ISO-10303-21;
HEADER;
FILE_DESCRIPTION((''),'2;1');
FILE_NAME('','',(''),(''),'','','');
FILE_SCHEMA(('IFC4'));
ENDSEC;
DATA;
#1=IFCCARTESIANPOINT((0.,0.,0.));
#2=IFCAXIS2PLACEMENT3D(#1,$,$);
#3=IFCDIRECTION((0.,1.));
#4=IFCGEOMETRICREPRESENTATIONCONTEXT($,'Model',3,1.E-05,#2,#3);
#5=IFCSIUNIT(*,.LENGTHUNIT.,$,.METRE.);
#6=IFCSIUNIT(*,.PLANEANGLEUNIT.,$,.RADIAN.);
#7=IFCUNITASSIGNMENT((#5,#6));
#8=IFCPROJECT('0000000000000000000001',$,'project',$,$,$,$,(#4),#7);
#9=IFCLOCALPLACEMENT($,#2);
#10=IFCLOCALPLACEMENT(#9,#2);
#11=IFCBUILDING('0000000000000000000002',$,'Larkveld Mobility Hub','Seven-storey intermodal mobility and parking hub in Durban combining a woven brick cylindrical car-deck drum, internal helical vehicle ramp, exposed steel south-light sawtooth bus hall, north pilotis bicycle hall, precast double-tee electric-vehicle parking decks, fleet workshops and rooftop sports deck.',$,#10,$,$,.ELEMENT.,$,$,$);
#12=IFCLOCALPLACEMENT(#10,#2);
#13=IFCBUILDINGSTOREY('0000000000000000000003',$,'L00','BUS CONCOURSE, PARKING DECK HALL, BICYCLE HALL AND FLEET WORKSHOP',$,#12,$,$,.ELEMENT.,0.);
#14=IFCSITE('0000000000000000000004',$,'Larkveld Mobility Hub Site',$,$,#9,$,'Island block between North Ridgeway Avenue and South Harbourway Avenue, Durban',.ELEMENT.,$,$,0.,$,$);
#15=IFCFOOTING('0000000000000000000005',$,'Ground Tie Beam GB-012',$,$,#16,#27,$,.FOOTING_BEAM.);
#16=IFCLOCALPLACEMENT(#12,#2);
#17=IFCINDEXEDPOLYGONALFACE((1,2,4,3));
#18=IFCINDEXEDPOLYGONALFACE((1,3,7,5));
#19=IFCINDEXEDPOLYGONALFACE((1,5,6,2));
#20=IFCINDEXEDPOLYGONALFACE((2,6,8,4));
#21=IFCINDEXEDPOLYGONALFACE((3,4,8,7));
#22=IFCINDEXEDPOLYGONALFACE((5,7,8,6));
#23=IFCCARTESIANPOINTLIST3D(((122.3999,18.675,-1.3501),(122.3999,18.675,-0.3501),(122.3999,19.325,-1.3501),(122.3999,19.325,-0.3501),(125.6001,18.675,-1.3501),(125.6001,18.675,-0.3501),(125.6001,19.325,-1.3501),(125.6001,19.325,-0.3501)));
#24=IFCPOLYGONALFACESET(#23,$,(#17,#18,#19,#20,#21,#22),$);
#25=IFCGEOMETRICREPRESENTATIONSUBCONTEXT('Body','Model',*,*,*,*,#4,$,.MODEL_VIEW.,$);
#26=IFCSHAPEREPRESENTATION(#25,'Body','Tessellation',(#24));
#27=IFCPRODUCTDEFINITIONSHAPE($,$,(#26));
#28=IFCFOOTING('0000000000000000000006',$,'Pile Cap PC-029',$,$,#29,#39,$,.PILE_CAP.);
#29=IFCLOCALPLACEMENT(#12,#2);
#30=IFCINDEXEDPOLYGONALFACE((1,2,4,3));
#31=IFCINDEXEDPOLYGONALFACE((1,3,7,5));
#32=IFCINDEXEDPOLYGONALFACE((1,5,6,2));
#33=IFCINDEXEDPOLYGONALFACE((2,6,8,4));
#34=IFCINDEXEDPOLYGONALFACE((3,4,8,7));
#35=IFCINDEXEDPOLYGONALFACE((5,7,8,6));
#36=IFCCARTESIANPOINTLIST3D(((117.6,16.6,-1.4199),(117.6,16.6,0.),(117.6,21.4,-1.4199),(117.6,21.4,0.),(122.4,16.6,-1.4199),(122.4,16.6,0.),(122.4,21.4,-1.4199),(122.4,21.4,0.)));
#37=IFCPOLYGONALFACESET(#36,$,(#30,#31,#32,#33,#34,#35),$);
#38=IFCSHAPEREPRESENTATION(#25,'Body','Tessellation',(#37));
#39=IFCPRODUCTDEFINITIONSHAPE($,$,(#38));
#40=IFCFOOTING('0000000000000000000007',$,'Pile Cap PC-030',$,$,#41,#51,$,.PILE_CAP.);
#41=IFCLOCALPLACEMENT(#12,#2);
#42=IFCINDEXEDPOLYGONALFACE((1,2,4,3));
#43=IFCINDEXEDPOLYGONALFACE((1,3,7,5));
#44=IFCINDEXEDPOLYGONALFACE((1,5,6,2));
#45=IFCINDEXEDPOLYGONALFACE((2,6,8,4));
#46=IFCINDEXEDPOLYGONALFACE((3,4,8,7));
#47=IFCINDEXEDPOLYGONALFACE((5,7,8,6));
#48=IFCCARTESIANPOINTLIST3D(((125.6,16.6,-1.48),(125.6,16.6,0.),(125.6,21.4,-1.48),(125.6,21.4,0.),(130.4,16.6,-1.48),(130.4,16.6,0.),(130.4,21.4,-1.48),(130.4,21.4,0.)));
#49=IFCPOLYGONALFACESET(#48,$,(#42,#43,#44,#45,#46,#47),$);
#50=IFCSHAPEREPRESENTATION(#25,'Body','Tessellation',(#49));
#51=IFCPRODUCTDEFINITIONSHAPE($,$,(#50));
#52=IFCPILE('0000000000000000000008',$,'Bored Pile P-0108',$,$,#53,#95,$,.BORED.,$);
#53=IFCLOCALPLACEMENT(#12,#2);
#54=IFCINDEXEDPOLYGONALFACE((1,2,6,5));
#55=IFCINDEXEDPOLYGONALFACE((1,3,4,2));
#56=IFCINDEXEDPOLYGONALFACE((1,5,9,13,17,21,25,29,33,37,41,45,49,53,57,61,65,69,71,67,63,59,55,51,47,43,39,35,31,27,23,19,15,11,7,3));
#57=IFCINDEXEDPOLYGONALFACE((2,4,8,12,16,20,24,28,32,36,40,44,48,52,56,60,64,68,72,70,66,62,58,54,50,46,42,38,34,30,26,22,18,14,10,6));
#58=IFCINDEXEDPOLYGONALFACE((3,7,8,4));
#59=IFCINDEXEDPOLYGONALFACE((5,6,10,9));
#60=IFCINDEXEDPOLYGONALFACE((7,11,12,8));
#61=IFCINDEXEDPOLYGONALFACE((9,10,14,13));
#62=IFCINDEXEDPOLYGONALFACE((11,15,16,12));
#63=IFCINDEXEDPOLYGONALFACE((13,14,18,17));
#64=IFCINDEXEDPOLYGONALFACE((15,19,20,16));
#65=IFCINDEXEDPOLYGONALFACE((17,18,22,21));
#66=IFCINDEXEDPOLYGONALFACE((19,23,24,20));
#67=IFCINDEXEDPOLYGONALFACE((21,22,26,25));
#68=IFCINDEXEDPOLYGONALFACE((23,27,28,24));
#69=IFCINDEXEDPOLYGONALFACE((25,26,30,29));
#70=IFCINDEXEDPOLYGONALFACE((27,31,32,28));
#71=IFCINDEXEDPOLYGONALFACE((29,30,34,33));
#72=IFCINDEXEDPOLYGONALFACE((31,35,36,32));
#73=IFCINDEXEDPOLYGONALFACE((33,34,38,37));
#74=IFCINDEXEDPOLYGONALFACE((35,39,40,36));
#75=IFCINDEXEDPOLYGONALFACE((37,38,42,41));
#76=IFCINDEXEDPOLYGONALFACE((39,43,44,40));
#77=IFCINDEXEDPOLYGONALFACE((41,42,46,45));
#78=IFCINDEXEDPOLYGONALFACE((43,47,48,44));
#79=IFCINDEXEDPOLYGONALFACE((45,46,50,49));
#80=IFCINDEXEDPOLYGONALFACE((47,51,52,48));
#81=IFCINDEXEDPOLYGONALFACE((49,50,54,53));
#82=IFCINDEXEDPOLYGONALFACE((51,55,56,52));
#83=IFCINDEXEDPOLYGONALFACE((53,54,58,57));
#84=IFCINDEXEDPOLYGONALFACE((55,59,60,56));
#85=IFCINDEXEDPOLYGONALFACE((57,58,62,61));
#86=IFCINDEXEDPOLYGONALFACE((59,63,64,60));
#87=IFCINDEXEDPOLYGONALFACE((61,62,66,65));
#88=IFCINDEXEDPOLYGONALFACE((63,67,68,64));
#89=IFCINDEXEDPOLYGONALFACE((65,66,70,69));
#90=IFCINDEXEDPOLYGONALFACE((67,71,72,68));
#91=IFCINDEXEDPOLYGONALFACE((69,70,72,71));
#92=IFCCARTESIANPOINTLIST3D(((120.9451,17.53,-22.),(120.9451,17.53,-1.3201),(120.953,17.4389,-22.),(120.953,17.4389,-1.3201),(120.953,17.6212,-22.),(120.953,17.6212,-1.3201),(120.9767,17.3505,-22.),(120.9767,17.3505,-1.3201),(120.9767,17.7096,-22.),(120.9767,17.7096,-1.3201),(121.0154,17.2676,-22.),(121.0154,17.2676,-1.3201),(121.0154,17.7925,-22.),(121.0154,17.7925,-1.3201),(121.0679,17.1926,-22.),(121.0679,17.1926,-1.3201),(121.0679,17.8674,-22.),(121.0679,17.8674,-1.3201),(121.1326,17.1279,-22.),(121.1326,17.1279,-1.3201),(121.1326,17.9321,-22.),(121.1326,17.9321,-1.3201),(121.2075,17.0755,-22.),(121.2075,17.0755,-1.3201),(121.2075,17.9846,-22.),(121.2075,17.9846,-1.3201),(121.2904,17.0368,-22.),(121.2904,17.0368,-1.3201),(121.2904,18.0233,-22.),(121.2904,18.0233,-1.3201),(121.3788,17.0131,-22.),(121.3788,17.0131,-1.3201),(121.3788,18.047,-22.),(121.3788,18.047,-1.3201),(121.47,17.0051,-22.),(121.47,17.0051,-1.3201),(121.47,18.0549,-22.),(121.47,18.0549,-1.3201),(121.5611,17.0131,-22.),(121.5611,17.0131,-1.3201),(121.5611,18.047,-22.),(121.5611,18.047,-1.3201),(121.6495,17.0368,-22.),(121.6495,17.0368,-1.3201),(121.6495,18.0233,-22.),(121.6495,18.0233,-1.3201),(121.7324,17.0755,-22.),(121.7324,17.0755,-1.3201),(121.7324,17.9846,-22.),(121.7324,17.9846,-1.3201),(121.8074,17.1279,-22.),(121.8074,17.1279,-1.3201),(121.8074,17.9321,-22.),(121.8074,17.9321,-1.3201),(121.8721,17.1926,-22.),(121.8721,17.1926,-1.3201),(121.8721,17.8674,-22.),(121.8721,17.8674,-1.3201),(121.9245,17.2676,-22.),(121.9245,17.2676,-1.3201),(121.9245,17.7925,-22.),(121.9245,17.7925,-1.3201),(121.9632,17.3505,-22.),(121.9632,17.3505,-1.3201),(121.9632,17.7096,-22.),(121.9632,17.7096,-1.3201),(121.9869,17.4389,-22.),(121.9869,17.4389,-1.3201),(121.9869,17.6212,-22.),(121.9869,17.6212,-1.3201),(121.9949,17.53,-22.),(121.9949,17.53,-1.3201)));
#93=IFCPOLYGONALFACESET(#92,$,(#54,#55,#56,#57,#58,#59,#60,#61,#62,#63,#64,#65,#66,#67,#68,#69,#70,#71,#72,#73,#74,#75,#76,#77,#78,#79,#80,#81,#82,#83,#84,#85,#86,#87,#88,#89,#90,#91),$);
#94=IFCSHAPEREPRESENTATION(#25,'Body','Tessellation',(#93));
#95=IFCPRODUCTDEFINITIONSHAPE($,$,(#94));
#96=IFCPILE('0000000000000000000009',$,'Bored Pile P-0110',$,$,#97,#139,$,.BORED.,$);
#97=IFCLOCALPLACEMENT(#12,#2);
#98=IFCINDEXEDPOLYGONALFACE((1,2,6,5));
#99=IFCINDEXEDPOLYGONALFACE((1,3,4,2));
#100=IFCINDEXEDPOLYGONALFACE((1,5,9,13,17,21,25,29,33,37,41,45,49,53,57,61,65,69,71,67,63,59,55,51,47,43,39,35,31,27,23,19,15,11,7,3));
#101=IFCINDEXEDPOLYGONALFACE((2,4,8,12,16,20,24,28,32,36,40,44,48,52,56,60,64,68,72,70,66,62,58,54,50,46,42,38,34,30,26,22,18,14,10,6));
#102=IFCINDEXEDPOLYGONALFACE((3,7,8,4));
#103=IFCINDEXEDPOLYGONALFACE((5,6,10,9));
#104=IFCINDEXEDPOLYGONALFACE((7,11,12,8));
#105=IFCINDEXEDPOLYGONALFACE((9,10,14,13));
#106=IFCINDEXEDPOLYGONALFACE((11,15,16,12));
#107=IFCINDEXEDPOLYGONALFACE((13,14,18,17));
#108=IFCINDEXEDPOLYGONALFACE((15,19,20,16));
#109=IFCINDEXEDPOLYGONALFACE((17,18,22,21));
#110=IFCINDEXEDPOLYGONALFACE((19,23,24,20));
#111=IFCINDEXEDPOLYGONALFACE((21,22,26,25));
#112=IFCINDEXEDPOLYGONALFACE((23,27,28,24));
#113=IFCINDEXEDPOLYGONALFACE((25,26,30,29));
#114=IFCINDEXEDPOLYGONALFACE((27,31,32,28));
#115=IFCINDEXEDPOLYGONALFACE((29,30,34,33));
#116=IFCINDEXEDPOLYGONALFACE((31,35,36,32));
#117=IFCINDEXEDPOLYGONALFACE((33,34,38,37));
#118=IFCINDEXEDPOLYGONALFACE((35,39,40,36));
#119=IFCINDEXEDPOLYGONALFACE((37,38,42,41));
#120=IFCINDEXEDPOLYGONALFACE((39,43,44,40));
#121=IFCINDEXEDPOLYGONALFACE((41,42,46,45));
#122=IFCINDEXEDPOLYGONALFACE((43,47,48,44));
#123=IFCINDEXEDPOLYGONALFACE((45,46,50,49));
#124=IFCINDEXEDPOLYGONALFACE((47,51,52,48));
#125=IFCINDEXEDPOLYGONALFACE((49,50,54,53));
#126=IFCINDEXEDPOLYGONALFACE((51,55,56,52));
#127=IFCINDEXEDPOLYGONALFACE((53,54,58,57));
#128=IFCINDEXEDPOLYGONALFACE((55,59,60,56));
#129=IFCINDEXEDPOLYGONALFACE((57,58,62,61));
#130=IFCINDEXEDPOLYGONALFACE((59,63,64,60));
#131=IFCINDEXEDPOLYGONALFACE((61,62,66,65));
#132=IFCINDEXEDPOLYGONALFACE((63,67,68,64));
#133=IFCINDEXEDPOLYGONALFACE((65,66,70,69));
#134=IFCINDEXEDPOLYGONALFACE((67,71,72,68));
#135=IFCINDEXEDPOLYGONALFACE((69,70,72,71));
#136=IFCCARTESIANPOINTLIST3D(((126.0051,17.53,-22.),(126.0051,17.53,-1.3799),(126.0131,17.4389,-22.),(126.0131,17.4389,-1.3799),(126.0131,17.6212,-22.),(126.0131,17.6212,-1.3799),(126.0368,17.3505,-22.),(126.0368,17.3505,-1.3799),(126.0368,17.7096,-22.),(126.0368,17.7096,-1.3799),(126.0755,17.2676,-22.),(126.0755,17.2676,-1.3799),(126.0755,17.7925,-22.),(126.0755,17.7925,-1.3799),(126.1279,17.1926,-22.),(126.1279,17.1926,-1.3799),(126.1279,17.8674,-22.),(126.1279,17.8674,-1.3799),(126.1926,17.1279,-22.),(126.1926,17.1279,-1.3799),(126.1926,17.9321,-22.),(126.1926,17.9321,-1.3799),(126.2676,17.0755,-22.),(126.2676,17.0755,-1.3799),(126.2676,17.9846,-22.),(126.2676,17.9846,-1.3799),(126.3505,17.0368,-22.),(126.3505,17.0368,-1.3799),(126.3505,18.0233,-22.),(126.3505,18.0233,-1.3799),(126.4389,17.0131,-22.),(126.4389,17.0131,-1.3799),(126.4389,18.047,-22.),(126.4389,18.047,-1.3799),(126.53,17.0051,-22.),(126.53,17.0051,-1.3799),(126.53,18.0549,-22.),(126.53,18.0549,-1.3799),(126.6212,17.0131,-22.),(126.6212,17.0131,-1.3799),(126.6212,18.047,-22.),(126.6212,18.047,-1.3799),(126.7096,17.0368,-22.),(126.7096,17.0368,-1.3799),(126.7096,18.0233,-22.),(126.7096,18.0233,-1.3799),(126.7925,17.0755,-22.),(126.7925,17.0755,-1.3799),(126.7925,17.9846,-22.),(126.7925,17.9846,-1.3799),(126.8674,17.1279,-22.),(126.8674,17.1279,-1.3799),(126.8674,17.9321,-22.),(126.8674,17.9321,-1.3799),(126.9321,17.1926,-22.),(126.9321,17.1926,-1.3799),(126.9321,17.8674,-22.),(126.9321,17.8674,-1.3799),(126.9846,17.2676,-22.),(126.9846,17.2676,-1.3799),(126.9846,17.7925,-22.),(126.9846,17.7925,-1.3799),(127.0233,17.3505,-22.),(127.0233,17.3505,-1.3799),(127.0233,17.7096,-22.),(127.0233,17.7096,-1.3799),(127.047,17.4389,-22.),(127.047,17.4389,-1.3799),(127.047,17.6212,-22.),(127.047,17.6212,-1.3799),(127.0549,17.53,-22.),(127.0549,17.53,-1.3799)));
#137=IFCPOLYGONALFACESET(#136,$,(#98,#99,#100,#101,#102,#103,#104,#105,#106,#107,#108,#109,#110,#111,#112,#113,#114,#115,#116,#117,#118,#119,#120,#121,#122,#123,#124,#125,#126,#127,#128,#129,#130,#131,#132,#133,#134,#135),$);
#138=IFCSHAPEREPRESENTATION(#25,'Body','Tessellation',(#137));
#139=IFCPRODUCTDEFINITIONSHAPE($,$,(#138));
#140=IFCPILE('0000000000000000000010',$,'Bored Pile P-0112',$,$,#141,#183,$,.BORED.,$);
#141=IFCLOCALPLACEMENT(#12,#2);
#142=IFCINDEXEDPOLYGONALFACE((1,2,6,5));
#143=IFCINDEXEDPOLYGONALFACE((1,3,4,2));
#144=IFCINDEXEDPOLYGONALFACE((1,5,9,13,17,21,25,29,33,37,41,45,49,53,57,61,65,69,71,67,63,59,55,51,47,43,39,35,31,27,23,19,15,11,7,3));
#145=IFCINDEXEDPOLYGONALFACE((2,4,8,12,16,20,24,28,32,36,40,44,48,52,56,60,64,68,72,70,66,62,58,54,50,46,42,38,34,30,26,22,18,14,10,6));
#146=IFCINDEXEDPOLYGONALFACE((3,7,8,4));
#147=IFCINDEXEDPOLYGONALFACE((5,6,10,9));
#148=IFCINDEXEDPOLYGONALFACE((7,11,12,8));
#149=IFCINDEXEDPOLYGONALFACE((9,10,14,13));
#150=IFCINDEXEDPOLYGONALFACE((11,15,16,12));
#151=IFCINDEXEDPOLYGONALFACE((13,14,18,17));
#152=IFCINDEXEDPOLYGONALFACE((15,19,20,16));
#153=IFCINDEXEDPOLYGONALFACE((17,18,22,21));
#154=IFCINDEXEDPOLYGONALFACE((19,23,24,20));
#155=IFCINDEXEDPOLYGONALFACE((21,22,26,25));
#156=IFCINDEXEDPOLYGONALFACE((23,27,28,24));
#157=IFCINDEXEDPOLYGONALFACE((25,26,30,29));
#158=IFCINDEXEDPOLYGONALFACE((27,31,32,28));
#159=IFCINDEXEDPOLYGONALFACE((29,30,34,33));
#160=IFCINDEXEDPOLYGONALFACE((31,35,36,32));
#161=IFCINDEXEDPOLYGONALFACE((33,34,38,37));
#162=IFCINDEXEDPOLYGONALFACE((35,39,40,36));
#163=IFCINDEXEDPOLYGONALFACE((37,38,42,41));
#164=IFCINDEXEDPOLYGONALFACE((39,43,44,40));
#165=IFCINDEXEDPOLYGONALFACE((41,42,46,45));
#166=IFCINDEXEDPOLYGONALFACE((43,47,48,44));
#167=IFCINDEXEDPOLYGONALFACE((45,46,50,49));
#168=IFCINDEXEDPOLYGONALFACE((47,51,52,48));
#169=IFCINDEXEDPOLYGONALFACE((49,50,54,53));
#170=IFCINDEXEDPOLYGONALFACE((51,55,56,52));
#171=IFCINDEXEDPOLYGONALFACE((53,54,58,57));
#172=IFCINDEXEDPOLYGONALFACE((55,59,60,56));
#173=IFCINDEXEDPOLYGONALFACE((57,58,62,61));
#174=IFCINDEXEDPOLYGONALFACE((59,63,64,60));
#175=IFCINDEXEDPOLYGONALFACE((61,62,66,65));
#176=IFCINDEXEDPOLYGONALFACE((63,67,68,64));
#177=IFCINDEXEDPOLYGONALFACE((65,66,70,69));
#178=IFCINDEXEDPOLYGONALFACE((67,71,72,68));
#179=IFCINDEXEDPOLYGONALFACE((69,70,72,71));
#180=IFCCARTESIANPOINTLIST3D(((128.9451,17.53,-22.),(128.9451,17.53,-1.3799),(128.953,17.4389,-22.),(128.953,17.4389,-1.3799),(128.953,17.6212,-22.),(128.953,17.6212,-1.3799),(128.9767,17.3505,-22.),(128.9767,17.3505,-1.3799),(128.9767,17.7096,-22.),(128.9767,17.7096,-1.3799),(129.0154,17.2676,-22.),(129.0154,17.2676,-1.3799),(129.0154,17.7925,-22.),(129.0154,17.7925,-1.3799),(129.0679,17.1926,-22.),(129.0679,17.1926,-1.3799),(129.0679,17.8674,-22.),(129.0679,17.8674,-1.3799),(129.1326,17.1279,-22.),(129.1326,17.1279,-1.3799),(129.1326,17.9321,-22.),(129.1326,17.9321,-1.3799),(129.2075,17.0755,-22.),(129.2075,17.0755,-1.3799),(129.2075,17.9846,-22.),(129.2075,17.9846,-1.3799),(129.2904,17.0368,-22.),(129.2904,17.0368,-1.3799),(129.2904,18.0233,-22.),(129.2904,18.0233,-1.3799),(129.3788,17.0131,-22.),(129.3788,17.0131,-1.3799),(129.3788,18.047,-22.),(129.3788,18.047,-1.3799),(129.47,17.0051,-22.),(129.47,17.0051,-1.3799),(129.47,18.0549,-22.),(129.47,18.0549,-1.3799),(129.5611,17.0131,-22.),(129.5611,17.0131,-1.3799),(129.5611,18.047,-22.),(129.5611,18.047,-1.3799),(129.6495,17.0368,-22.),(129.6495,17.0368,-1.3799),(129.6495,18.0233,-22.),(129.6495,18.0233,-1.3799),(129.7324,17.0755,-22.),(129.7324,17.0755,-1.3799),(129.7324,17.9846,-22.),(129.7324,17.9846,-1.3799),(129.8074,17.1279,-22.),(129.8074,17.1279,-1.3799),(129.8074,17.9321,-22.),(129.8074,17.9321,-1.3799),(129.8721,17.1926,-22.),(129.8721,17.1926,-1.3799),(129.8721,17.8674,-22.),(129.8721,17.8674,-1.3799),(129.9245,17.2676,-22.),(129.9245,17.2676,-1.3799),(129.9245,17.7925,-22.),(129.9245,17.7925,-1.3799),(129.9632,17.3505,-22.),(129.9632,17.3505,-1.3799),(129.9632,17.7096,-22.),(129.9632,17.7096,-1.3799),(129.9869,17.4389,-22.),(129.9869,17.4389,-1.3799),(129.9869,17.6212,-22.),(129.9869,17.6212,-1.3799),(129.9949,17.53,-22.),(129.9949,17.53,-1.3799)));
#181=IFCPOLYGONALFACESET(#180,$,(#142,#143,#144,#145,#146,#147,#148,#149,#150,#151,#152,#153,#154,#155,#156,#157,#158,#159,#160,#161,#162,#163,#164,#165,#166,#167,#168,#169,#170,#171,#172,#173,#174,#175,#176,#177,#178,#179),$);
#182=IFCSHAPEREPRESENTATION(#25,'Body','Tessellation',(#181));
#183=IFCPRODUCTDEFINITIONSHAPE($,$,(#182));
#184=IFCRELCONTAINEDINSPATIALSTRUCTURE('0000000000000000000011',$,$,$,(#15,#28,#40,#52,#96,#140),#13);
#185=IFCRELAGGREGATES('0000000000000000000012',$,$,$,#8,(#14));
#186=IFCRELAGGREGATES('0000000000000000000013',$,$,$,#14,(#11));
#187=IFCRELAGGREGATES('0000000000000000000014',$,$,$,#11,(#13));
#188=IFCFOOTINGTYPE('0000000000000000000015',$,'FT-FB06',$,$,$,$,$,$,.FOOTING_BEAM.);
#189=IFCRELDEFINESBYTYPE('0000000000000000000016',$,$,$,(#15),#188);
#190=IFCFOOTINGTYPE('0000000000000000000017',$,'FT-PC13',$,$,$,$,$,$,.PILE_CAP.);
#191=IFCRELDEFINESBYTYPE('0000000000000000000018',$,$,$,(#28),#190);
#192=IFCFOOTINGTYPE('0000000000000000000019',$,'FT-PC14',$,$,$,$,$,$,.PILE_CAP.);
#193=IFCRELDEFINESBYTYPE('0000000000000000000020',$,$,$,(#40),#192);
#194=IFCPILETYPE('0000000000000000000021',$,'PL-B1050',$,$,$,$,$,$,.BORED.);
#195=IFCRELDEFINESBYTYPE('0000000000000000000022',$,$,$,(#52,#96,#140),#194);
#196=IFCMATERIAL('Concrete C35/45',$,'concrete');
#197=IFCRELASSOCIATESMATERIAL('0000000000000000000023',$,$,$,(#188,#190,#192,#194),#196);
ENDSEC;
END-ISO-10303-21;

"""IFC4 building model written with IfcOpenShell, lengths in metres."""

from ifc_helpers import new_model, si_unit, direction, frame, origin, origin_2d, place, context, subcontext, project, spatial, rectangle, circle, extrude, material, material_profile, profile_set, type_object, element, save


model = new_model("IFC4")

# Units and contexts
model_context = context("Model", 3, precision=1e-05, world=origin(), true_north=direction((0.0, 1.0)))
body_context = subcontext(model_context, "Body", "Model", "MODEL_VIEW")
ifc_project = project(units=[si_unit("LENGTHUNIT", "METRE"), si_unit("PLANEANGLEUNIT", "RADIAN")], contexts=[model_context])

# Site, building, storey
site_placement = place(None, origin())
site = spatial("IfcSite", under=ifc_project, at=site_placement, Name="Larkveld Mobility Hub Site", LongName="Island block between North Ridgeway Avenue and South Harbourway Avenue, Durban", CompositionType="ELEMENT", RefElevation=0.0)
building_placement = place(site_placement, origin())
building = spatial("IfcBuilding", under=site, at=building_placement, Name="Larkveld Mobility Hub", Description="Seven-storey intermodal mobility and parking hub in Durban combining a woven brick cylindrical car-deck drum, internal helical vehicle ramp, exposed steel south-light sawtooth bus hall, north pilotis bicycle hall, precast double-tee electric-vehicle parking decks, fleet workshops and rooftop sports deck.", CompositionType="ELEMENT")
storey_placement = place(building_placement, origin())
storey = spatial("IfcBuildingStorey", under=building, at=storey_placement, Name="L00", Description="BUS CONCOURSE, PARKING DECK HALL, BICYCLE HALL AND FLEET WORKSHOP", CompositionType="ELEMENT", Elevation=0.0)

# Footings
ifc_material_1 = material(Name="Concrete C35/45", Category="concrete")
ifc_material_profile_1 = material_profile(ifc_material_1, rectangle(XDim=0.6499, YDim=1.0, at=origin_2d()), Name="RC BM 650x1000")
ifc_profile_set_1 = profile_set([ifc_material_profile_1], Name="Concrete C35/45")
footing_type_1 = type_object("IfcFootingType", Name="FT-FB06", PredefinedType="FOOTING_BEAM", material=ifc_profile_set_1)
footing_1_placement = place(storey_placement, frame((122.3999, 19.0, -0.8501), z_axis=(1.0, 0.0, 0.0), x_axis=(0.0, 1.0, 0.0)))
element("IfcFooting", 1, at=footing_1_placement, inside=storey, type_object=footing_type_1, Name="Ground Tie Beam GB-012", PredefinedType="FOOTING_BEAM", context=body_context, shape_type="SweptSolid", body=[
    extrude(rectangle(XDim=0.6499, YDim=1.0, at=origin_2d()), origin(), (0.0, 0.0, 1.0), 3.2002),
])
footing_type_2 = type_object("IfcFootingType", Name="FT-PC13", PredefinedType="PILE_CAP", material=ifc_material_1)
footing_2_placement = place(storey_placement, frame((120.0, 19.0, -1.4199), z_axis=(0.0, 0.0, 1.0), x_axis=(1.0, 0.0, 0.0)))
element("IfcFooting", 2, at=footing_2_placement, inside=storey, type_object=footing_type_2, Name="Pile Cap PC-029", PredefinedType="PILE_CAP", context=body_context, shape_type="SweptSolid", body=[
    extrude(rectangle(XDim=4.8, YDim=4.8, at=origin_2d()), origin(), (0.0, 0.0, 1.0), 1.4199),
])
footing_type_3 = type_object("IfcFootingType", Name="FT-PC14", PredefinedType="PILE_CAP", material=ifc_material_1)
footing_3_placement = place(storey_placement, frame((128.0, 19.0, -1.48), z_axis=(0.0, 0.0, 1.0), x_axis=(1.0, 0.0, 0.0)))
element("IfcFooting", 3, at=footing_3_placement, inside=storey, type_object=footing_type_3, Name="Pile Cap PC-030", PredefinedType="PILE_CAP", context=body_context, shape_type="SweptSolid", body=[
    extrude(rectangle(XDim=4.8, YDim=4.8, at=origin_2d()), origin(), (0.0, 0.0, 1.0), 1.48),
])

# Piles
ifc_material_profile_2 = material_profile(ifc_material_1, circle(Radius=0.5249, at=origin_2d()), Name="PILE D1050")
ifc_profile_set_2 = profile_set([ifc_material_profile_2], Name="Concrete C35/45")
pile_type_1 = type_object("IfcPileType", Name="PL-B1050", PredefinedType="BORED", material=ifc_profile_set_2)
pile_placement = place(storey_placement, frame((121.47, 17.53, -1.3201), z_axis=(0.0, 0.0, -1.0), x_axis=(1.0, 0.0, 0.0)))
element("IfcPile", 4, at=pile_placement, inside=storey, type_object=pile_type_1, Name="Bored Pile P-0108", PredefinedType="BORED", context=body_context, shape_type="SweptSolid", body=[
    extrude(circle(Radius=0.5249, at=origin_2d()), origin(), (0.0, 0.0, 1.0), 20.6799),
])
for number, where, z_axis, x_axis, name in (
    (5, (126.53, 17.53, -1.3799), (0.0, 0.0, -1.0), (1.0, 0.0, 0.0), "Bored Pile P-0110"),
    (6, (129.47, 17.53, -1.3799), (0.0, 0.0, -1.0), (1.0, 0.0, 0.0), "Bored Pile P-0112"),
):
    element("IfcPile", number, at=place(storey_placement, frame(where, z_axis=z_axis, x_axis=x_axis)), inside=storey, type_object=pile_type_1, Name=name, PredefinedType="BORED", context=body_context, shape_type="SweptSolid", body=[
        extrude(circle(Radius=0.5249, at=origin_2d()), origin(), (0.0, 0.0, 1.0), 20.6201),
    ])

save(model, "model.ifc")
